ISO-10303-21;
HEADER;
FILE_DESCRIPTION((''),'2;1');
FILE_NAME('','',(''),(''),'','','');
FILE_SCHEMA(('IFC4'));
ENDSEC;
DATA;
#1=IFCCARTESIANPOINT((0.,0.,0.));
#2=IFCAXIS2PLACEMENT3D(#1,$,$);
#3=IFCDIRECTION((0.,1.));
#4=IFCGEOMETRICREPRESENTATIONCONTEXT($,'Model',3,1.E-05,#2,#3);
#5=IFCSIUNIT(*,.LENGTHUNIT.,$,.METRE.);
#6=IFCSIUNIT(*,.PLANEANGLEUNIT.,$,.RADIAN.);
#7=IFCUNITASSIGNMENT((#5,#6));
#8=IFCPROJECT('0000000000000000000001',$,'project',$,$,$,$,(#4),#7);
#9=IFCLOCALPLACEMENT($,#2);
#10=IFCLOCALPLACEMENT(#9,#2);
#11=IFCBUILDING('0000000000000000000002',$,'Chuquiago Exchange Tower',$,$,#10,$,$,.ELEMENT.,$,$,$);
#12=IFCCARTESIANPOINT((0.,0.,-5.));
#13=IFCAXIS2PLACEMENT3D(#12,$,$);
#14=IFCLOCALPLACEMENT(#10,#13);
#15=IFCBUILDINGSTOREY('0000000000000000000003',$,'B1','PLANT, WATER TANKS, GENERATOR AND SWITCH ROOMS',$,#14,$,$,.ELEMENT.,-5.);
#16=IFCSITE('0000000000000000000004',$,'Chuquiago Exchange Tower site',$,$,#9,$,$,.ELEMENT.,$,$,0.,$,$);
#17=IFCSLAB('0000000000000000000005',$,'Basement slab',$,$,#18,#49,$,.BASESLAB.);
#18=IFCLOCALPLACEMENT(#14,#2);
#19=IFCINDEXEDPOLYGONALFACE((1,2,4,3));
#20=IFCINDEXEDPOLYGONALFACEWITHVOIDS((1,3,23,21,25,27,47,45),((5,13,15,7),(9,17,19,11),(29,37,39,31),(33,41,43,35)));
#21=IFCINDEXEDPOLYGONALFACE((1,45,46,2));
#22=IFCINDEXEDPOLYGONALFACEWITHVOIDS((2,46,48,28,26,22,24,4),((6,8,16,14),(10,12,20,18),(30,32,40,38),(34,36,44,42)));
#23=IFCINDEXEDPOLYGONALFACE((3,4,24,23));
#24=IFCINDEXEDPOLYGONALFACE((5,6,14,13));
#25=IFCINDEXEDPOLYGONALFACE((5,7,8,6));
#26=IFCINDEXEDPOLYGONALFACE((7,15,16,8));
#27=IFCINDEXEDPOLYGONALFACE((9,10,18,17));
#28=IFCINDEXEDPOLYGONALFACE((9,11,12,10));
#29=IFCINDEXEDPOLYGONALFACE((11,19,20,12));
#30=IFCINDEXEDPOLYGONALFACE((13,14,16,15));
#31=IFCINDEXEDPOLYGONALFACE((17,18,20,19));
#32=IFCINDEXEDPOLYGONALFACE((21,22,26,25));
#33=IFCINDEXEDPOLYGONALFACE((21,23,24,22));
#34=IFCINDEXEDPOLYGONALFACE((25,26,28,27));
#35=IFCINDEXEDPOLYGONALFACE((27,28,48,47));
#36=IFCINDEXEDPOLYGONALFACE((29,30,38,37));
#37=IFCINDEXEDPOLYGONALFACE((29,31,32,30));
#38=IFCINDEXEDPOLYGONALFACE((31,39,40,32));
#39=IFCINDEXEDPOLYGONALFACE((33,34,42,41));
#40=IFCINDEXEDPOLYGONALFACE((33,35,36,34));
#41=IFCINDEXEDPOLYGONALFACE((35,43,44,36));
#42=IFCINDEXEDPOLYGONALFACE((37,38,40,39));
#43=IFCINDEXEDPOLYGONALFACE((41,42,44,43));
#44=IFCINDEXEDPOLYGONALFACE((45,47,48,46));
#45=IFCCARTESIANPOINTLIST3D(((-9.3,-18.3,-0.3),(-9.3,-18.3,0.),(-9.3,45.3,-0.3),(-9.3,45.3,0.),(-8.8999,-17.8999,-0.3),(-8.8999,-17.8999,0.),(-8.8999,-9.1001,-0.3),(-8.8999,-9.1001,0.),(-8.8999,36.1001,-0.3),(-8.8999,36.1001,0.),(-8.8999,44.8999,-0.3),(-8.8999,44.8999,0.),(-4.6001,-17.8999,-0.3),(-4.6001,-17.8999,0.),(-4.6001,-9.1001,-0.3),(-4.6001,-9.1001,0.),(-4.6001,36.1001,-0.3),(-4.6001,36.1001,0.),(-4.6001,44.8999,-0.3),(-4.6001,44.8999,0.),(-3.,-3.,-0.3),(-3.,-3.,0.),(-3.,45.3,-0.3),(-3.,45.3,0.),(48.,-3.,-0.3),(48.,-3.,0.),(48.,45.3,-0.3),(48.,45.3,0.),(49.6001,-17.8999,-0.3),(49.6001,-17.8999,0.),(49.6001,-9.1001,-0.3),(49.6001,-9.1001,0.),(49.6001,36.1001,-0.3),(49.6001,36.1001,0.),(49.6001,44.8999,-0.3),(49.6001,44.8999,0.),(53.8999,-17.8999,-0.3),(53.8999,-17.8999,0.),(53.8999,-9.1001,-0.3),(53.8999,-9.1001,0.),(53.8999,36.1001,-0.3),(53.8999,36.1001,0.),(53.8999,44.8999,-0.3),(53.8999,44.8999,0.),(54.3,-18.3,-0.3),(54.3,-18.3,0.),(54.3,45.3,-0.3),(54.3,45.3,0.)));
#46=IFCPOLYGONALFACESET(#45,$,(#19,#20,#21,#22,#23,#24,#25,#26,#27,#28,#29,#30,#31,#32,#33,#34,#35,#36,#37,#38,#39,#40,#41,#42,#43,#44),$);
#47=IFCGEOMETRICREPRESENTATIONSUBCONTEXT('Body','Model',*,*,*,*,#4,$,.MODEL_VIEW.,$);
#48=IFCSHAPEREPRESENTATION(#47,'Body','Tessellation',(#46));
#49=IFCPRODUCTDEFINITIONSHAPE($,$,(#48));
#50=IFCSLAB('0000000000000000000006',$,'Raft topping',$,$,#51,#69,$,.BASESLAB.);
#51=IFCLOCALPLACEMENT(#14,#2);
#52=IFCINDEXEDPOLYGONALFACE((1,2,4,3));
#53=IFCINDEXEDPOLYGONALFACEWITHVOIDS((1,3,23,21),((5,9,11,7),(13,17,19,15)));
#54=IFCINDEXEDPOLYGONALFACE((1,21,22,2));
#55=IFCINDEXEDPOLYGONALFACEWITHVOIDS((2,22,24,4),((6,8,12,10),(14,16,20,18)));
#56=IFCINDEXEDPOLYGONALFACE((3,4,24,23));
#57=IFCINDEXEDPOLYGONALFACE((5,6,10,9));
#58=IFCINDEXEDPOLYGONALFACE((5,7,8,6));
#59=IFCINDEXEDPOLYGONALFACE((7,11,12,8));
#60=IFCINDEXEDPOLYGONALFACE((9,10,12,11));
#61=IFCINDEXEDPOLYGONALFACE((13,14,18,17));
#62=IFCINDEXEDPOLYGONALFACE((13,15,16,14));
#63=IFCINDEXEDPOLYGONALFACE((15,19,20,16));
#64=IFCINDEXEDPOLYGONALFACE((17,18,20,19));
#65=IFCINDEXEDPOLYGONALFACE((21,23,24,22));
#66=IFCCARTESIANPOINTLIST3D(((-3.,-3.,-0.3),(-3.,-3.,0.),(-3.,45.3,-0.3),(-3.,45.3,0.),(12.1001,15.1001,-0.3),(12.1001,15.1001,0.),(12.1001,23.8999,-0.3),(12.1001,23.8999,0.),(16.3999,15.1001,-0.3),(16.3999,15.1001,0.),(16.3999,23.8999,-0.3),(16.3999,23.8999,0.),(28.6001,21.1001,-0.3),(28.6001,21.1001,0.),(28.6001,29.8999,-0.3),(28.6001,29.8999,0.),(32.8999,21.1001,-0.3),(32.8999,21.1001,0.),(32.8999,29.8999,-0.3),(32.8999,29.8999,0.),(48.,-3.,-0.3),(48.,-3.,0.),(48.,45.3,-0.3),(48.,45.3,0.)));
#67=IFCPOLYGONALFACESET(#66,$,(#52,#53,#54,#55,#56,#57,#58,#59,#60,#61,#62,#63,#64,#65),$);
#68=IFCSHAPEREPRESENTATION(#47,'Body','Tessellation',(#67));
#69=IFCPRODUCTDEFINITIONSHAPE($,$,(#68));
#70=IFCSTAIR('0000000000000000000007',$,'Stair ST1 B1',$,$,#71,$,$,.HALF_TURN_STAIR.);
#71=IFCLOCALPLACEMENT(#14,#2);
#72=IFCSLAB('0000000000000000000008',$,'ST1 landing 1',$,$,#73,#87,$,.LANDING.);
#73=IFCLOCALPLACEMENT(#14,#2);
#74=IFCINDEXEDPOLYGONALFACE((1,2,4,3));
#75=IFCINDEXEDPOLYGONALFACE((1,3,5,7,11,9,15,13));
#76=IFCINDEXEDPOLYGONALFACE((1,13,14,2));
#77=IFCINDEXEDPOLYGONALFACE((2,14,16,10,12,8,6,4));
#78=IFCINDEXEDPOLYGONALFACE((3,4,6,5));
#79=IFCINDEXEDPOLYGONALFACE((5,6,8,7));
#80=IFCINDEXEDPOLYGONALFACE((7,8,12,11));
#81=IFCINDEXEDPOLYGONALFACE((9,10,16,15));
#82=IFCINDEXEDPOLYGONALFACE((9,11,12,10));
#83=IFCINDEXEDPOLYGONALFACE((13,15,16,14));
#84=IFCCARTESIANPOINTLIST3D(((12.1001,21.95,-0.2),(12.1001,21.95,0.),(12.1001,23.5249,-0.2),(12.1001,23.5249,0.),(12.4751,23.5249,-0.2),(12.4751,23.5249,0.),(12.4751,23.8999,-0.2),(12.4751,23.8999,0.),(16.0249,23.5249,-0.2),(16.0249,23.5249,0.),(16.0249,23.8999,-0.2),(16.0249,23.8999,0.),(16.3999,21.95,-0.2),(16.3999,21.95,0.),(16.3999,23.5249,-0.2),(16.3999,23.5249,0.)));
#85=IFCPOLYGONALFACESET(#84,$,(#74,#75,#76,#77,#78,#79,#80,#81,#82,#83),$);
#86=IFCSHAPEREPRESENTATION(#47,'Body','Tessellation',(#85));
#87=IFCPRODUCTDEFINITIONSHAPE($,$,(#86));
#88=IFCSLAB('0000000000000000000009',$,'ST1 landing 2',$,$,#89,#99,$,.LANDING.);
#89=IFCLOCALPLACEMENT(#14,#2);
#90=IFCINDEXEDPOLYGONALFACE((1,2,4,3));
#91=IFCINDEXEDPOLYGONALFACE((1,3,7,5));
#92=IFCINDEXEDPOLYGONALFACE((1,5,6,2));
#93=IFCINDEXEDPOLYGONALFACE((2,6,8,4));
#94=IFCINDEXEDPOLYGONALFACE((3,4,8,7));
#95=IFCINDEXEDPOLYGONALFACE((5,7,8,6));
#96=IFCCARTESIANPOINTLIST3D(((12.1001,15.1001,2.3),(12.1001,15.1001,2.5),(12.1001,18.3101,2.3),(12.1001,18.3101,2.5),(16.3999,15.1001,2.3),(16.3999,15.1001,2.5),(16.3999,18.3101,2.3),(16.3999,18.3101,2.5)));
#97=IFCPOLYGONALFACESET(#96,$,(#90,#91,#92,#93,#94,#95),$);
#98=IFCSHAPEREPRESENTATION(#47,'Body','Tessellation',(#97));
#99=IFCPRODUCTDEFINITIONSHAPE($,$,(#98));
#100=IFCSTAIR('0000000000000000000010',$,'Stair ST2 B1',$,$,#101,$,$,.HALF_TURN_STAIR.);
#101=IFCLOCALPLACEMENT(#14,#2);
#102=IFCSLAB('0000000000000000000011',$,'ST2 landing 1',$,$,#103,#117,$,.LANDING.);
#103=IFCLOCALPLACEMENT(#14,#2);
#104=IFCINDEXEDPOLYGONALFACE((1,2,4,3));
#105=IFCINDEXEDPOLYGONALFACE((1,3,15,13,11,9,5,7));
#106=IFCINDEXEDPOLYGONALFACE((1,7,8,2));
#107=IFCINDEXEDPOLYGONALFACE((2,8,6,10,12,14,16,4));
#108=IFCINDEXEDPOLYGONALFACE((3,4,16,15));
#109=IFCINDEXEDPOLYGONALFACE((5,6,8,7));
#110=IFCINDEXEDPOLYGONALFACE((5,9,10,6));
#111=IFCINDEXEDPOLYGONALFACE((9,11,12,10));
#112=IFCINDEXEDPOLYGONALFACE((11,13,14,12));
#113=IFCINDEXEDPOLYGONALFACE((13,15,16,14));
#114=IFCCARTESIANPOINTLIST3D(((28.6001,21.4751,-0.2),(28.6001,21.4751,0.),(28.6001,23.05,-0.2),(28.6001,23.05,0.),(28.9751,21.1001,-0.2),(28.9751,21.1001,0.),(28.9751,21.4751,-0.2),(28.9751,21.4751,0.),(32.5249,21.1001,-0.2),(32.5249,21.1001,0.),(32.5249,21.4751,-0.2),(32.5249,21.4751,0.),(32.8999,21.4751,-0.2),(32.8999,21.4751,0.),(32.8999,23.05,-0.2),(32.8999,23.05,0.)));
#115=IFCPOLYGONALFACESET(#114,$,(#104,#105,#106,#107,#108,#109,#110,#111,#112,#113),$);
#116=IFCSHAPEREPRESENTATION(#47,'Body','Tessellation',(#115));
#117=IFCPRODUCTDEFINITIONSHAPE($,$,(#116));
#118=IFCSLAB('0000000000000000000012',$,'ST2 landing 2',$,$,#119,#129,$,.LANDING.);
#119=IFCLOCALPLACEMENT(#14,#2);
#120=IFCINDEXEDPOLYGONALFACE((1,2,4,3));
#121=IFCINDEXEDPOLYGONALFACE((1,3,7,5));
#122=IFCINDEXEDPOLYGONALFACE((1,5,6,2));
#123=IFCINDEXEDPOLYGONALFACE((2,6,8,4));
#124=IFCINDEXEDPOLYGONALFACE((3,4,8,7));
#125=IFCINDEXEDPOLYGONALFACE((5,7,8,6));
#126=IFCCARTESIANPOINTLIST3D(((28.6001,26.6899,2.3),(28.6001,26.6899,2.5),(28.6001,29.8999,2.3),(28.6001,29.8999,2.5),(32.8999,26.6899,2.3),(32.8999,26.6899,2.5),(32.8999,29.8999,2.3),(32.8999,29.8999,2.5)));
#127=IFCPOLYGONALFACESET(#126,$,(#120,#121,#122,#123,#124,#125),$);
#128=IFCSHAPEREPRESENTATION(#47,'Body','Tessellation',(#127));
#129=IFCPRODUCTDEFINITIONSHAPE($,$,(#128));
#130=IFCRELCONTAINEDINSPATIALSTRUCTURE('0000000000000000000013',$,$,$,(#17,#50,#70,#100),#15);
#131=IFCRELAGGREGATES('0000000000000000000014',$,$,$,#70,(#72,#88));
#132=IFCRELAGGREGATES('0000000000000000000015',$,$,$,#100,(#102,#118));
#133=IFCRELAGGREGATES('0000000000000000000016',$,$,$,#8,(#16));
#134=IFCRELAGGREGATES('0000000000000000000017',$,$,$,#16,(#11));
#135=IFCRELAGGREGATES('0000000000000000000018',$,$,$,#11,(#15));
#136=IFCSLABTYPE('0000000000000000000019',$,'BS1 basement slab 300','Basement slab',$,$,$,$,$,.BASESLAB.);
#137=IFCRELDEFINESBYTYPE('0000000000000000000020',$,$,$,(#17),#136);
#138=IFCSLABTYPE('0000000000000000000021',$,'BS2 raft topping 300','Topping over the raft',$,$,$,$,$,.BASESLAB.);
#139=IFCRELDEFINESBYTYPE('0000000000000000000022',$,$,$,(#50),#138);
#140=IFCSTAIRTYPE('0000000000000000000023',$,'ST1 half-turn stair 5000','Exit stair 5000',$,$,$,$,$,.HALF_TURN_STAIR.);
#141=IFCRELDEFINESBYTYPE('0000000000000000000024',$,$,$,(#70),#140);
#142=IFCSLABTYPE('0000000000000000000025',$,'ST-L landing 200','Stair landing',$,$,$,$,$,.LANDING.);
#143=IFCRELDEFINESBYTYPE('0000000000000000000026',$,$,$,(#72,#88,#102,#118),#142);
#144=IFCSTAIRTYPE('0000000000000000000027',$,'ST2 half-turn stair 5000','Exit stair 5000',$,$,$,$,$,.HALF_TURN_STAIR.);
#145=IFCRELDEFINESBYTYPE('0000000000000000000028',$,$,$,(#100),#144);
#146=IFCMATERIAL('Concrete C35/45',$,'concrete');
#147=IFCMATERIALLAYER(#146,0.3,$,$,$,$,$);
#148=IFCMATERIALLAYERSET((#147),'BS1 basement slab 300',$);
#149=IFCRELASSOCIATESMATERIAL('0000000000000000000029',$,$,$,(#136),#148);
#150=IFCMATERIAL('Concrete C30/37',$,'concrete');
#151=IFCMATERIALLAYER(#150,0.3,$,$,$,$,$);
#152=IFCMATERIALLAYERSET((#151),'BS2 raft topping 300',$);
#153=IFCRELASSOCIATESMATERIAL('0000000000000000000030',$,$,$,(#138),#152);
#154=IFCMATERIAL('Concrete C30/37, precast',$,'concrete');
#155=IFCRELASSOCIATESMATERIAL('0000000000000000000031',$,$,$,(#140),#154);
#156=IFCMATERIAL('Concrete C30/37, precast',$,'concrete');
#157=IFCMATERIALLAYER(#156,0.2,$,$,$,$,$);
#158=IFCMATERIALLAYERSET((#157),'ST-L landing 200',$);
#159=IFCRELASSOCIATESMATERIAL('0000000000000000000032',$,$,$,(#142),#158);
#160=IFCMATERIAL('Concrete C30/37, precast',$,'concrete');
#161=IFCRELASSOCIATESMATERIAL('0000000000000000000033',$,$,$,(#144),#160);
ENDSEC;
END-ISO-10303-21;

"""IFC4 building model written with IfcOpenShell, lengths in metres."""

from ifc_helpers import new_model, si_unit, direction, frame, origin, place, context, subcontext, project, spatial, polyline, outline, extrude, material, layer, layer_set, type_object, element, aggregate, save


model = new_model("IFC4")

# Units and contexts
model_context = context("Model", 3, precision=1e-05, world=origin(), true_north=direction((0.0, 1.0)))
body_context = subcontext(model_context, "Body", "Model", "MODEL_VIEW")
ifc_project = project(units=[si_unit("LENGTHUNIT", "METRE"), si_unit("PLANEANGLEUNIT", "RADIAN")], contexts=[model_context])

# Site, building, storey
site_placement = place(None, origin())
site = spatial("IfcSite", under=ifc_project, at=site_placement, Name="Chuquiago Exchange Tower site", CompositionType="ELEMENT", RefElevation=0.0)
building_placement = place(site_placement, origin())
building = spatial("IfcBuilding", under=site, at=building_placement, Name="Chuquiago Exchange Tower", CompositionType="ELEMENT")
storey_placement = place(building_placement, frame((0.0, 0.0, -5.0)))
storey = spatial("IfcBuildingStorey", under=building, at=storey_placement, Name="B1", Description="PLANT, WATER TANKS, GENERATOR AND SWITCH ROOMS", CompositionType="ELEMENT", Elevation=-5.0)

# Slabs
ifc_material_1 = material(Name="Concrete C35/45", Category="concrete")
ifc_layer_1 = layer(ifc_material_1, 0.3)
ifc_layer_set_1 = layer_set([ifc_layer_1], Name="BS1 basement slab 300")
slab_type_1 = type_object("IfcSlabType", Name="BS1 basement slab 300", Description="Basement slab", PredefinedType="BASESLAB", material=ifc_layer_set_1)
slab_1_placement = place(storey_placement, frame((0.0, 0.0, -0.3)))
element("IfcSlab", 1, at=slab_1_placement, inside=storey, type_object=slab_type_1, Name="Basement slab", PredefinedType="BASESLAB", context=body_context, shape_type="SweptSolid", body=[
    extrude(outline(polyline([(54.3, -18.3), (-9.3, -18.3), (-9.3, 45.3), (-3.0, 45.3), (-3.0, -3.0), (48.0, -3.0), (48.0, 45.3), (54.3, 45.3), (54.3, -18.3)]), holes=[polyline([(-8.8999, -17.8999), (-4.6001, -17.8999), (-4.6001, -9.1001), (-8.8999, -9.1001), (-8.8999, -17.8999)]), polyline([(49.6001, -17.8999), (53.8999, -17.8999), (53.8999, -9.1001), (49.6001, -9.1001), (49.6001, -17.8999)]), polyline([(-8.8999, 36.1001), (-4.6001, 36.1001), (-4.6001, 44.8999), (-8.8999, 44.8999), (-8.8999, 36.1001)]), polyline([(49.6001, 36.1001), (53.8999, 36.1001), (53.8999, 44.8999), (49.6001, 44.8999), (49.6001, 36.1001)])]), origin(), (0.0, 0.0, 1.0), 0.3),
])
ifc_material_2 = material(Name="Concrete C30/37", Category="concrete")
ifc_layer_2 = layer(ifc_material_2, 0.3)
ifc_layer_set_2 = layer_set([ifc_layer_2], Name="BS2 raft topping 300")
slab_type_2 = type_object("IfcSlabType", Name="BS2 raft topping 300", Description="Topping over the raft", PredefinedType="BASESLAB", material=ifc_layer_set_2)
slab_2_placement = place(storey_placement, frame((0.0, 0.0, -0.3)))
element("IfcSlab", 2, at=slab_2_placement, inside=storey, type_object=slab_type_2, Name="Raft topping", PredefinedType="BASESLAB", context=body_context, shape_type="SweptSolid", body=[
    extrude(outline(polyline([(-3.0, -3.0), (-3.0, 45.3), (48.0, 45.3), (48.0, -3.0), (-3.0, -3.0)]), holes=[polyline([(12.1001, 23.8999), (12.1001, 15.1001), (16.3999, 15.1001), (16.3999, 23.8999), (12.1001, 23.8999)]), polyline([(28.6001, 21.1001), (32.8999, 21.1001), (32.8999, 29.8999), (28.6001, 29.8999), (28.6001, 21.1001)])]), origin(), (0.0, 0.0, 1.0), 0.3),
])

# Stairs, slabs
ifc_material_3 = material(Name="Concrete C30/37, precast", Category="concrete")
stair_type_1 = type_object("IfcStairType", Name="ST1 half-turn stair 5000", Description="Exit stair 5000", PredefinedType="HALF_TURN_STAIR", material=ifc_material_3)
stair_1_placement = place(storey_placement, origin())
stair_1 = element("IfcStair", 3, at=stair_1_placement, inside=storey, type_object=stair_type_1, Name="Stair ST1 B1", PredefinedType="HALF_TURN_STAIR")
ifc_material_4 = material(Name="Concrete C30/37, precast", Category="concrete")
ifc_layer_3 = layer(ifc_material_4, 0.2)
ifc_layer_set_3 = layer_set([ifc_layer_3], Name="ST-L landing 200")
slab_type_3 = type_object("IfcSlabType", Name="ST-L landing 200", Description="Stair landing", PredefinedType="LANDING", material=ifc_layer_set_3)
slab_3_placement = place(storey_placement, frame((0.0, 0.0, -0.2)))
slab_3 = element("IfcSlab", 4, at=slab_3_placement, type_object=slab_type_3, Name="ST1 landing 1", PredefinedType="LANDING", context=body_context, shape_type="SweptSolid", body=[
    extrude(outline(polyline([(12.4751, 23.8999), (16.0249, 23.8999), (16.0249, 23.5249), (16.3999, 23.5249), (16.3999, 21.95), (12.1001, 21.95), (12.1001, 23.5249), (12.4751, 23.5249), (12.4751, 23.8999)])), origin(), (0.0, 0.0, 1.0), 0.2),
])
slab_4_placement = place(storey_placement, frame((0.0, 0.0, 2.3)))
slab_4 = element("IfcSlab", 5, at=slab_4_placement, type_object=slab_type_3, Name="ST1 landing 2", PredefinedType="LANDING", context=body_context, shape_type="SweptSolid", body=[
    extrude(outline(polyline([(12.1001, 18.3101), (16.3999, 18.3101), (16.3999, 15.1001), (12.1001, 15.1001), (12.1001, 18.3101)])), origin(), (0.0, 0.0, 1.0), 0.2),
])
aggregate(stair_1, [slab_3, slab_4])
ifc_material_5 = material(Name="Concrete C30/37, precast", Category="concrete")
stair_type_2 = type_object("IfcStairType", Name="ST2 half-turn stair 5000", Description="Exit stair 5000", PredefinedType="HALF_TURN_STAIR", material=ifc_material_5)
stair_2_placement = place(storey_placement, origin())
stair_2 = element("IfcStair", 6, at=stair_2_placement, inside=storey, type_object=stair_type_2, Name="Stair ST2 B1", PredefinedType="HALF_TURN_STAIR")
slab_5_placement = place(storey_placement, frame((0.0, 0.0, -0.2)))
slab_5 = element("IfcSlab", 7, at=slab_5_placement, type_object=slab_type_3, Name="ST2 landing 1", PredefinedType="LANDING", context=body_context, shape_type="SweptSolid", body=[
    extrude(outline(polyline([(32.5249, 21.4751), (32.5249, 21.1001), (28.9751, 21.1001), (28.9751, 21.4751), (28.6001, 21.4751), (28.6001, 23.05), (32.8999, 23.05), (32.8999, 21.4751), (32.5249, 21.4751)])), origin(), (0.0, 0.0, 1.0), 0.2),
])
slab_6_placement = place(storey_placement, frame((0.0, 0.0, 2.3)))
slab_6 = element("IfcSlab", 8, at=slab_6_placement, type_object=slab_type_3, Name="ST2 landing 2", PredefinedType="LANDING", context=body_context, shape_type="SweptSolid", body=[
    extrude(outline(polyline([(28.6001, 29.8999), (32.8999, 29.8999), (32.8999, 26.6899), (28.6001, 26.6899), (28.6001, 29.8999)])), origin(), (0.0, 0.0, 1.0), 0.2),
])
aggregate(stair_2, [slab_5, slab_6])

save(model, "model.ifc")
